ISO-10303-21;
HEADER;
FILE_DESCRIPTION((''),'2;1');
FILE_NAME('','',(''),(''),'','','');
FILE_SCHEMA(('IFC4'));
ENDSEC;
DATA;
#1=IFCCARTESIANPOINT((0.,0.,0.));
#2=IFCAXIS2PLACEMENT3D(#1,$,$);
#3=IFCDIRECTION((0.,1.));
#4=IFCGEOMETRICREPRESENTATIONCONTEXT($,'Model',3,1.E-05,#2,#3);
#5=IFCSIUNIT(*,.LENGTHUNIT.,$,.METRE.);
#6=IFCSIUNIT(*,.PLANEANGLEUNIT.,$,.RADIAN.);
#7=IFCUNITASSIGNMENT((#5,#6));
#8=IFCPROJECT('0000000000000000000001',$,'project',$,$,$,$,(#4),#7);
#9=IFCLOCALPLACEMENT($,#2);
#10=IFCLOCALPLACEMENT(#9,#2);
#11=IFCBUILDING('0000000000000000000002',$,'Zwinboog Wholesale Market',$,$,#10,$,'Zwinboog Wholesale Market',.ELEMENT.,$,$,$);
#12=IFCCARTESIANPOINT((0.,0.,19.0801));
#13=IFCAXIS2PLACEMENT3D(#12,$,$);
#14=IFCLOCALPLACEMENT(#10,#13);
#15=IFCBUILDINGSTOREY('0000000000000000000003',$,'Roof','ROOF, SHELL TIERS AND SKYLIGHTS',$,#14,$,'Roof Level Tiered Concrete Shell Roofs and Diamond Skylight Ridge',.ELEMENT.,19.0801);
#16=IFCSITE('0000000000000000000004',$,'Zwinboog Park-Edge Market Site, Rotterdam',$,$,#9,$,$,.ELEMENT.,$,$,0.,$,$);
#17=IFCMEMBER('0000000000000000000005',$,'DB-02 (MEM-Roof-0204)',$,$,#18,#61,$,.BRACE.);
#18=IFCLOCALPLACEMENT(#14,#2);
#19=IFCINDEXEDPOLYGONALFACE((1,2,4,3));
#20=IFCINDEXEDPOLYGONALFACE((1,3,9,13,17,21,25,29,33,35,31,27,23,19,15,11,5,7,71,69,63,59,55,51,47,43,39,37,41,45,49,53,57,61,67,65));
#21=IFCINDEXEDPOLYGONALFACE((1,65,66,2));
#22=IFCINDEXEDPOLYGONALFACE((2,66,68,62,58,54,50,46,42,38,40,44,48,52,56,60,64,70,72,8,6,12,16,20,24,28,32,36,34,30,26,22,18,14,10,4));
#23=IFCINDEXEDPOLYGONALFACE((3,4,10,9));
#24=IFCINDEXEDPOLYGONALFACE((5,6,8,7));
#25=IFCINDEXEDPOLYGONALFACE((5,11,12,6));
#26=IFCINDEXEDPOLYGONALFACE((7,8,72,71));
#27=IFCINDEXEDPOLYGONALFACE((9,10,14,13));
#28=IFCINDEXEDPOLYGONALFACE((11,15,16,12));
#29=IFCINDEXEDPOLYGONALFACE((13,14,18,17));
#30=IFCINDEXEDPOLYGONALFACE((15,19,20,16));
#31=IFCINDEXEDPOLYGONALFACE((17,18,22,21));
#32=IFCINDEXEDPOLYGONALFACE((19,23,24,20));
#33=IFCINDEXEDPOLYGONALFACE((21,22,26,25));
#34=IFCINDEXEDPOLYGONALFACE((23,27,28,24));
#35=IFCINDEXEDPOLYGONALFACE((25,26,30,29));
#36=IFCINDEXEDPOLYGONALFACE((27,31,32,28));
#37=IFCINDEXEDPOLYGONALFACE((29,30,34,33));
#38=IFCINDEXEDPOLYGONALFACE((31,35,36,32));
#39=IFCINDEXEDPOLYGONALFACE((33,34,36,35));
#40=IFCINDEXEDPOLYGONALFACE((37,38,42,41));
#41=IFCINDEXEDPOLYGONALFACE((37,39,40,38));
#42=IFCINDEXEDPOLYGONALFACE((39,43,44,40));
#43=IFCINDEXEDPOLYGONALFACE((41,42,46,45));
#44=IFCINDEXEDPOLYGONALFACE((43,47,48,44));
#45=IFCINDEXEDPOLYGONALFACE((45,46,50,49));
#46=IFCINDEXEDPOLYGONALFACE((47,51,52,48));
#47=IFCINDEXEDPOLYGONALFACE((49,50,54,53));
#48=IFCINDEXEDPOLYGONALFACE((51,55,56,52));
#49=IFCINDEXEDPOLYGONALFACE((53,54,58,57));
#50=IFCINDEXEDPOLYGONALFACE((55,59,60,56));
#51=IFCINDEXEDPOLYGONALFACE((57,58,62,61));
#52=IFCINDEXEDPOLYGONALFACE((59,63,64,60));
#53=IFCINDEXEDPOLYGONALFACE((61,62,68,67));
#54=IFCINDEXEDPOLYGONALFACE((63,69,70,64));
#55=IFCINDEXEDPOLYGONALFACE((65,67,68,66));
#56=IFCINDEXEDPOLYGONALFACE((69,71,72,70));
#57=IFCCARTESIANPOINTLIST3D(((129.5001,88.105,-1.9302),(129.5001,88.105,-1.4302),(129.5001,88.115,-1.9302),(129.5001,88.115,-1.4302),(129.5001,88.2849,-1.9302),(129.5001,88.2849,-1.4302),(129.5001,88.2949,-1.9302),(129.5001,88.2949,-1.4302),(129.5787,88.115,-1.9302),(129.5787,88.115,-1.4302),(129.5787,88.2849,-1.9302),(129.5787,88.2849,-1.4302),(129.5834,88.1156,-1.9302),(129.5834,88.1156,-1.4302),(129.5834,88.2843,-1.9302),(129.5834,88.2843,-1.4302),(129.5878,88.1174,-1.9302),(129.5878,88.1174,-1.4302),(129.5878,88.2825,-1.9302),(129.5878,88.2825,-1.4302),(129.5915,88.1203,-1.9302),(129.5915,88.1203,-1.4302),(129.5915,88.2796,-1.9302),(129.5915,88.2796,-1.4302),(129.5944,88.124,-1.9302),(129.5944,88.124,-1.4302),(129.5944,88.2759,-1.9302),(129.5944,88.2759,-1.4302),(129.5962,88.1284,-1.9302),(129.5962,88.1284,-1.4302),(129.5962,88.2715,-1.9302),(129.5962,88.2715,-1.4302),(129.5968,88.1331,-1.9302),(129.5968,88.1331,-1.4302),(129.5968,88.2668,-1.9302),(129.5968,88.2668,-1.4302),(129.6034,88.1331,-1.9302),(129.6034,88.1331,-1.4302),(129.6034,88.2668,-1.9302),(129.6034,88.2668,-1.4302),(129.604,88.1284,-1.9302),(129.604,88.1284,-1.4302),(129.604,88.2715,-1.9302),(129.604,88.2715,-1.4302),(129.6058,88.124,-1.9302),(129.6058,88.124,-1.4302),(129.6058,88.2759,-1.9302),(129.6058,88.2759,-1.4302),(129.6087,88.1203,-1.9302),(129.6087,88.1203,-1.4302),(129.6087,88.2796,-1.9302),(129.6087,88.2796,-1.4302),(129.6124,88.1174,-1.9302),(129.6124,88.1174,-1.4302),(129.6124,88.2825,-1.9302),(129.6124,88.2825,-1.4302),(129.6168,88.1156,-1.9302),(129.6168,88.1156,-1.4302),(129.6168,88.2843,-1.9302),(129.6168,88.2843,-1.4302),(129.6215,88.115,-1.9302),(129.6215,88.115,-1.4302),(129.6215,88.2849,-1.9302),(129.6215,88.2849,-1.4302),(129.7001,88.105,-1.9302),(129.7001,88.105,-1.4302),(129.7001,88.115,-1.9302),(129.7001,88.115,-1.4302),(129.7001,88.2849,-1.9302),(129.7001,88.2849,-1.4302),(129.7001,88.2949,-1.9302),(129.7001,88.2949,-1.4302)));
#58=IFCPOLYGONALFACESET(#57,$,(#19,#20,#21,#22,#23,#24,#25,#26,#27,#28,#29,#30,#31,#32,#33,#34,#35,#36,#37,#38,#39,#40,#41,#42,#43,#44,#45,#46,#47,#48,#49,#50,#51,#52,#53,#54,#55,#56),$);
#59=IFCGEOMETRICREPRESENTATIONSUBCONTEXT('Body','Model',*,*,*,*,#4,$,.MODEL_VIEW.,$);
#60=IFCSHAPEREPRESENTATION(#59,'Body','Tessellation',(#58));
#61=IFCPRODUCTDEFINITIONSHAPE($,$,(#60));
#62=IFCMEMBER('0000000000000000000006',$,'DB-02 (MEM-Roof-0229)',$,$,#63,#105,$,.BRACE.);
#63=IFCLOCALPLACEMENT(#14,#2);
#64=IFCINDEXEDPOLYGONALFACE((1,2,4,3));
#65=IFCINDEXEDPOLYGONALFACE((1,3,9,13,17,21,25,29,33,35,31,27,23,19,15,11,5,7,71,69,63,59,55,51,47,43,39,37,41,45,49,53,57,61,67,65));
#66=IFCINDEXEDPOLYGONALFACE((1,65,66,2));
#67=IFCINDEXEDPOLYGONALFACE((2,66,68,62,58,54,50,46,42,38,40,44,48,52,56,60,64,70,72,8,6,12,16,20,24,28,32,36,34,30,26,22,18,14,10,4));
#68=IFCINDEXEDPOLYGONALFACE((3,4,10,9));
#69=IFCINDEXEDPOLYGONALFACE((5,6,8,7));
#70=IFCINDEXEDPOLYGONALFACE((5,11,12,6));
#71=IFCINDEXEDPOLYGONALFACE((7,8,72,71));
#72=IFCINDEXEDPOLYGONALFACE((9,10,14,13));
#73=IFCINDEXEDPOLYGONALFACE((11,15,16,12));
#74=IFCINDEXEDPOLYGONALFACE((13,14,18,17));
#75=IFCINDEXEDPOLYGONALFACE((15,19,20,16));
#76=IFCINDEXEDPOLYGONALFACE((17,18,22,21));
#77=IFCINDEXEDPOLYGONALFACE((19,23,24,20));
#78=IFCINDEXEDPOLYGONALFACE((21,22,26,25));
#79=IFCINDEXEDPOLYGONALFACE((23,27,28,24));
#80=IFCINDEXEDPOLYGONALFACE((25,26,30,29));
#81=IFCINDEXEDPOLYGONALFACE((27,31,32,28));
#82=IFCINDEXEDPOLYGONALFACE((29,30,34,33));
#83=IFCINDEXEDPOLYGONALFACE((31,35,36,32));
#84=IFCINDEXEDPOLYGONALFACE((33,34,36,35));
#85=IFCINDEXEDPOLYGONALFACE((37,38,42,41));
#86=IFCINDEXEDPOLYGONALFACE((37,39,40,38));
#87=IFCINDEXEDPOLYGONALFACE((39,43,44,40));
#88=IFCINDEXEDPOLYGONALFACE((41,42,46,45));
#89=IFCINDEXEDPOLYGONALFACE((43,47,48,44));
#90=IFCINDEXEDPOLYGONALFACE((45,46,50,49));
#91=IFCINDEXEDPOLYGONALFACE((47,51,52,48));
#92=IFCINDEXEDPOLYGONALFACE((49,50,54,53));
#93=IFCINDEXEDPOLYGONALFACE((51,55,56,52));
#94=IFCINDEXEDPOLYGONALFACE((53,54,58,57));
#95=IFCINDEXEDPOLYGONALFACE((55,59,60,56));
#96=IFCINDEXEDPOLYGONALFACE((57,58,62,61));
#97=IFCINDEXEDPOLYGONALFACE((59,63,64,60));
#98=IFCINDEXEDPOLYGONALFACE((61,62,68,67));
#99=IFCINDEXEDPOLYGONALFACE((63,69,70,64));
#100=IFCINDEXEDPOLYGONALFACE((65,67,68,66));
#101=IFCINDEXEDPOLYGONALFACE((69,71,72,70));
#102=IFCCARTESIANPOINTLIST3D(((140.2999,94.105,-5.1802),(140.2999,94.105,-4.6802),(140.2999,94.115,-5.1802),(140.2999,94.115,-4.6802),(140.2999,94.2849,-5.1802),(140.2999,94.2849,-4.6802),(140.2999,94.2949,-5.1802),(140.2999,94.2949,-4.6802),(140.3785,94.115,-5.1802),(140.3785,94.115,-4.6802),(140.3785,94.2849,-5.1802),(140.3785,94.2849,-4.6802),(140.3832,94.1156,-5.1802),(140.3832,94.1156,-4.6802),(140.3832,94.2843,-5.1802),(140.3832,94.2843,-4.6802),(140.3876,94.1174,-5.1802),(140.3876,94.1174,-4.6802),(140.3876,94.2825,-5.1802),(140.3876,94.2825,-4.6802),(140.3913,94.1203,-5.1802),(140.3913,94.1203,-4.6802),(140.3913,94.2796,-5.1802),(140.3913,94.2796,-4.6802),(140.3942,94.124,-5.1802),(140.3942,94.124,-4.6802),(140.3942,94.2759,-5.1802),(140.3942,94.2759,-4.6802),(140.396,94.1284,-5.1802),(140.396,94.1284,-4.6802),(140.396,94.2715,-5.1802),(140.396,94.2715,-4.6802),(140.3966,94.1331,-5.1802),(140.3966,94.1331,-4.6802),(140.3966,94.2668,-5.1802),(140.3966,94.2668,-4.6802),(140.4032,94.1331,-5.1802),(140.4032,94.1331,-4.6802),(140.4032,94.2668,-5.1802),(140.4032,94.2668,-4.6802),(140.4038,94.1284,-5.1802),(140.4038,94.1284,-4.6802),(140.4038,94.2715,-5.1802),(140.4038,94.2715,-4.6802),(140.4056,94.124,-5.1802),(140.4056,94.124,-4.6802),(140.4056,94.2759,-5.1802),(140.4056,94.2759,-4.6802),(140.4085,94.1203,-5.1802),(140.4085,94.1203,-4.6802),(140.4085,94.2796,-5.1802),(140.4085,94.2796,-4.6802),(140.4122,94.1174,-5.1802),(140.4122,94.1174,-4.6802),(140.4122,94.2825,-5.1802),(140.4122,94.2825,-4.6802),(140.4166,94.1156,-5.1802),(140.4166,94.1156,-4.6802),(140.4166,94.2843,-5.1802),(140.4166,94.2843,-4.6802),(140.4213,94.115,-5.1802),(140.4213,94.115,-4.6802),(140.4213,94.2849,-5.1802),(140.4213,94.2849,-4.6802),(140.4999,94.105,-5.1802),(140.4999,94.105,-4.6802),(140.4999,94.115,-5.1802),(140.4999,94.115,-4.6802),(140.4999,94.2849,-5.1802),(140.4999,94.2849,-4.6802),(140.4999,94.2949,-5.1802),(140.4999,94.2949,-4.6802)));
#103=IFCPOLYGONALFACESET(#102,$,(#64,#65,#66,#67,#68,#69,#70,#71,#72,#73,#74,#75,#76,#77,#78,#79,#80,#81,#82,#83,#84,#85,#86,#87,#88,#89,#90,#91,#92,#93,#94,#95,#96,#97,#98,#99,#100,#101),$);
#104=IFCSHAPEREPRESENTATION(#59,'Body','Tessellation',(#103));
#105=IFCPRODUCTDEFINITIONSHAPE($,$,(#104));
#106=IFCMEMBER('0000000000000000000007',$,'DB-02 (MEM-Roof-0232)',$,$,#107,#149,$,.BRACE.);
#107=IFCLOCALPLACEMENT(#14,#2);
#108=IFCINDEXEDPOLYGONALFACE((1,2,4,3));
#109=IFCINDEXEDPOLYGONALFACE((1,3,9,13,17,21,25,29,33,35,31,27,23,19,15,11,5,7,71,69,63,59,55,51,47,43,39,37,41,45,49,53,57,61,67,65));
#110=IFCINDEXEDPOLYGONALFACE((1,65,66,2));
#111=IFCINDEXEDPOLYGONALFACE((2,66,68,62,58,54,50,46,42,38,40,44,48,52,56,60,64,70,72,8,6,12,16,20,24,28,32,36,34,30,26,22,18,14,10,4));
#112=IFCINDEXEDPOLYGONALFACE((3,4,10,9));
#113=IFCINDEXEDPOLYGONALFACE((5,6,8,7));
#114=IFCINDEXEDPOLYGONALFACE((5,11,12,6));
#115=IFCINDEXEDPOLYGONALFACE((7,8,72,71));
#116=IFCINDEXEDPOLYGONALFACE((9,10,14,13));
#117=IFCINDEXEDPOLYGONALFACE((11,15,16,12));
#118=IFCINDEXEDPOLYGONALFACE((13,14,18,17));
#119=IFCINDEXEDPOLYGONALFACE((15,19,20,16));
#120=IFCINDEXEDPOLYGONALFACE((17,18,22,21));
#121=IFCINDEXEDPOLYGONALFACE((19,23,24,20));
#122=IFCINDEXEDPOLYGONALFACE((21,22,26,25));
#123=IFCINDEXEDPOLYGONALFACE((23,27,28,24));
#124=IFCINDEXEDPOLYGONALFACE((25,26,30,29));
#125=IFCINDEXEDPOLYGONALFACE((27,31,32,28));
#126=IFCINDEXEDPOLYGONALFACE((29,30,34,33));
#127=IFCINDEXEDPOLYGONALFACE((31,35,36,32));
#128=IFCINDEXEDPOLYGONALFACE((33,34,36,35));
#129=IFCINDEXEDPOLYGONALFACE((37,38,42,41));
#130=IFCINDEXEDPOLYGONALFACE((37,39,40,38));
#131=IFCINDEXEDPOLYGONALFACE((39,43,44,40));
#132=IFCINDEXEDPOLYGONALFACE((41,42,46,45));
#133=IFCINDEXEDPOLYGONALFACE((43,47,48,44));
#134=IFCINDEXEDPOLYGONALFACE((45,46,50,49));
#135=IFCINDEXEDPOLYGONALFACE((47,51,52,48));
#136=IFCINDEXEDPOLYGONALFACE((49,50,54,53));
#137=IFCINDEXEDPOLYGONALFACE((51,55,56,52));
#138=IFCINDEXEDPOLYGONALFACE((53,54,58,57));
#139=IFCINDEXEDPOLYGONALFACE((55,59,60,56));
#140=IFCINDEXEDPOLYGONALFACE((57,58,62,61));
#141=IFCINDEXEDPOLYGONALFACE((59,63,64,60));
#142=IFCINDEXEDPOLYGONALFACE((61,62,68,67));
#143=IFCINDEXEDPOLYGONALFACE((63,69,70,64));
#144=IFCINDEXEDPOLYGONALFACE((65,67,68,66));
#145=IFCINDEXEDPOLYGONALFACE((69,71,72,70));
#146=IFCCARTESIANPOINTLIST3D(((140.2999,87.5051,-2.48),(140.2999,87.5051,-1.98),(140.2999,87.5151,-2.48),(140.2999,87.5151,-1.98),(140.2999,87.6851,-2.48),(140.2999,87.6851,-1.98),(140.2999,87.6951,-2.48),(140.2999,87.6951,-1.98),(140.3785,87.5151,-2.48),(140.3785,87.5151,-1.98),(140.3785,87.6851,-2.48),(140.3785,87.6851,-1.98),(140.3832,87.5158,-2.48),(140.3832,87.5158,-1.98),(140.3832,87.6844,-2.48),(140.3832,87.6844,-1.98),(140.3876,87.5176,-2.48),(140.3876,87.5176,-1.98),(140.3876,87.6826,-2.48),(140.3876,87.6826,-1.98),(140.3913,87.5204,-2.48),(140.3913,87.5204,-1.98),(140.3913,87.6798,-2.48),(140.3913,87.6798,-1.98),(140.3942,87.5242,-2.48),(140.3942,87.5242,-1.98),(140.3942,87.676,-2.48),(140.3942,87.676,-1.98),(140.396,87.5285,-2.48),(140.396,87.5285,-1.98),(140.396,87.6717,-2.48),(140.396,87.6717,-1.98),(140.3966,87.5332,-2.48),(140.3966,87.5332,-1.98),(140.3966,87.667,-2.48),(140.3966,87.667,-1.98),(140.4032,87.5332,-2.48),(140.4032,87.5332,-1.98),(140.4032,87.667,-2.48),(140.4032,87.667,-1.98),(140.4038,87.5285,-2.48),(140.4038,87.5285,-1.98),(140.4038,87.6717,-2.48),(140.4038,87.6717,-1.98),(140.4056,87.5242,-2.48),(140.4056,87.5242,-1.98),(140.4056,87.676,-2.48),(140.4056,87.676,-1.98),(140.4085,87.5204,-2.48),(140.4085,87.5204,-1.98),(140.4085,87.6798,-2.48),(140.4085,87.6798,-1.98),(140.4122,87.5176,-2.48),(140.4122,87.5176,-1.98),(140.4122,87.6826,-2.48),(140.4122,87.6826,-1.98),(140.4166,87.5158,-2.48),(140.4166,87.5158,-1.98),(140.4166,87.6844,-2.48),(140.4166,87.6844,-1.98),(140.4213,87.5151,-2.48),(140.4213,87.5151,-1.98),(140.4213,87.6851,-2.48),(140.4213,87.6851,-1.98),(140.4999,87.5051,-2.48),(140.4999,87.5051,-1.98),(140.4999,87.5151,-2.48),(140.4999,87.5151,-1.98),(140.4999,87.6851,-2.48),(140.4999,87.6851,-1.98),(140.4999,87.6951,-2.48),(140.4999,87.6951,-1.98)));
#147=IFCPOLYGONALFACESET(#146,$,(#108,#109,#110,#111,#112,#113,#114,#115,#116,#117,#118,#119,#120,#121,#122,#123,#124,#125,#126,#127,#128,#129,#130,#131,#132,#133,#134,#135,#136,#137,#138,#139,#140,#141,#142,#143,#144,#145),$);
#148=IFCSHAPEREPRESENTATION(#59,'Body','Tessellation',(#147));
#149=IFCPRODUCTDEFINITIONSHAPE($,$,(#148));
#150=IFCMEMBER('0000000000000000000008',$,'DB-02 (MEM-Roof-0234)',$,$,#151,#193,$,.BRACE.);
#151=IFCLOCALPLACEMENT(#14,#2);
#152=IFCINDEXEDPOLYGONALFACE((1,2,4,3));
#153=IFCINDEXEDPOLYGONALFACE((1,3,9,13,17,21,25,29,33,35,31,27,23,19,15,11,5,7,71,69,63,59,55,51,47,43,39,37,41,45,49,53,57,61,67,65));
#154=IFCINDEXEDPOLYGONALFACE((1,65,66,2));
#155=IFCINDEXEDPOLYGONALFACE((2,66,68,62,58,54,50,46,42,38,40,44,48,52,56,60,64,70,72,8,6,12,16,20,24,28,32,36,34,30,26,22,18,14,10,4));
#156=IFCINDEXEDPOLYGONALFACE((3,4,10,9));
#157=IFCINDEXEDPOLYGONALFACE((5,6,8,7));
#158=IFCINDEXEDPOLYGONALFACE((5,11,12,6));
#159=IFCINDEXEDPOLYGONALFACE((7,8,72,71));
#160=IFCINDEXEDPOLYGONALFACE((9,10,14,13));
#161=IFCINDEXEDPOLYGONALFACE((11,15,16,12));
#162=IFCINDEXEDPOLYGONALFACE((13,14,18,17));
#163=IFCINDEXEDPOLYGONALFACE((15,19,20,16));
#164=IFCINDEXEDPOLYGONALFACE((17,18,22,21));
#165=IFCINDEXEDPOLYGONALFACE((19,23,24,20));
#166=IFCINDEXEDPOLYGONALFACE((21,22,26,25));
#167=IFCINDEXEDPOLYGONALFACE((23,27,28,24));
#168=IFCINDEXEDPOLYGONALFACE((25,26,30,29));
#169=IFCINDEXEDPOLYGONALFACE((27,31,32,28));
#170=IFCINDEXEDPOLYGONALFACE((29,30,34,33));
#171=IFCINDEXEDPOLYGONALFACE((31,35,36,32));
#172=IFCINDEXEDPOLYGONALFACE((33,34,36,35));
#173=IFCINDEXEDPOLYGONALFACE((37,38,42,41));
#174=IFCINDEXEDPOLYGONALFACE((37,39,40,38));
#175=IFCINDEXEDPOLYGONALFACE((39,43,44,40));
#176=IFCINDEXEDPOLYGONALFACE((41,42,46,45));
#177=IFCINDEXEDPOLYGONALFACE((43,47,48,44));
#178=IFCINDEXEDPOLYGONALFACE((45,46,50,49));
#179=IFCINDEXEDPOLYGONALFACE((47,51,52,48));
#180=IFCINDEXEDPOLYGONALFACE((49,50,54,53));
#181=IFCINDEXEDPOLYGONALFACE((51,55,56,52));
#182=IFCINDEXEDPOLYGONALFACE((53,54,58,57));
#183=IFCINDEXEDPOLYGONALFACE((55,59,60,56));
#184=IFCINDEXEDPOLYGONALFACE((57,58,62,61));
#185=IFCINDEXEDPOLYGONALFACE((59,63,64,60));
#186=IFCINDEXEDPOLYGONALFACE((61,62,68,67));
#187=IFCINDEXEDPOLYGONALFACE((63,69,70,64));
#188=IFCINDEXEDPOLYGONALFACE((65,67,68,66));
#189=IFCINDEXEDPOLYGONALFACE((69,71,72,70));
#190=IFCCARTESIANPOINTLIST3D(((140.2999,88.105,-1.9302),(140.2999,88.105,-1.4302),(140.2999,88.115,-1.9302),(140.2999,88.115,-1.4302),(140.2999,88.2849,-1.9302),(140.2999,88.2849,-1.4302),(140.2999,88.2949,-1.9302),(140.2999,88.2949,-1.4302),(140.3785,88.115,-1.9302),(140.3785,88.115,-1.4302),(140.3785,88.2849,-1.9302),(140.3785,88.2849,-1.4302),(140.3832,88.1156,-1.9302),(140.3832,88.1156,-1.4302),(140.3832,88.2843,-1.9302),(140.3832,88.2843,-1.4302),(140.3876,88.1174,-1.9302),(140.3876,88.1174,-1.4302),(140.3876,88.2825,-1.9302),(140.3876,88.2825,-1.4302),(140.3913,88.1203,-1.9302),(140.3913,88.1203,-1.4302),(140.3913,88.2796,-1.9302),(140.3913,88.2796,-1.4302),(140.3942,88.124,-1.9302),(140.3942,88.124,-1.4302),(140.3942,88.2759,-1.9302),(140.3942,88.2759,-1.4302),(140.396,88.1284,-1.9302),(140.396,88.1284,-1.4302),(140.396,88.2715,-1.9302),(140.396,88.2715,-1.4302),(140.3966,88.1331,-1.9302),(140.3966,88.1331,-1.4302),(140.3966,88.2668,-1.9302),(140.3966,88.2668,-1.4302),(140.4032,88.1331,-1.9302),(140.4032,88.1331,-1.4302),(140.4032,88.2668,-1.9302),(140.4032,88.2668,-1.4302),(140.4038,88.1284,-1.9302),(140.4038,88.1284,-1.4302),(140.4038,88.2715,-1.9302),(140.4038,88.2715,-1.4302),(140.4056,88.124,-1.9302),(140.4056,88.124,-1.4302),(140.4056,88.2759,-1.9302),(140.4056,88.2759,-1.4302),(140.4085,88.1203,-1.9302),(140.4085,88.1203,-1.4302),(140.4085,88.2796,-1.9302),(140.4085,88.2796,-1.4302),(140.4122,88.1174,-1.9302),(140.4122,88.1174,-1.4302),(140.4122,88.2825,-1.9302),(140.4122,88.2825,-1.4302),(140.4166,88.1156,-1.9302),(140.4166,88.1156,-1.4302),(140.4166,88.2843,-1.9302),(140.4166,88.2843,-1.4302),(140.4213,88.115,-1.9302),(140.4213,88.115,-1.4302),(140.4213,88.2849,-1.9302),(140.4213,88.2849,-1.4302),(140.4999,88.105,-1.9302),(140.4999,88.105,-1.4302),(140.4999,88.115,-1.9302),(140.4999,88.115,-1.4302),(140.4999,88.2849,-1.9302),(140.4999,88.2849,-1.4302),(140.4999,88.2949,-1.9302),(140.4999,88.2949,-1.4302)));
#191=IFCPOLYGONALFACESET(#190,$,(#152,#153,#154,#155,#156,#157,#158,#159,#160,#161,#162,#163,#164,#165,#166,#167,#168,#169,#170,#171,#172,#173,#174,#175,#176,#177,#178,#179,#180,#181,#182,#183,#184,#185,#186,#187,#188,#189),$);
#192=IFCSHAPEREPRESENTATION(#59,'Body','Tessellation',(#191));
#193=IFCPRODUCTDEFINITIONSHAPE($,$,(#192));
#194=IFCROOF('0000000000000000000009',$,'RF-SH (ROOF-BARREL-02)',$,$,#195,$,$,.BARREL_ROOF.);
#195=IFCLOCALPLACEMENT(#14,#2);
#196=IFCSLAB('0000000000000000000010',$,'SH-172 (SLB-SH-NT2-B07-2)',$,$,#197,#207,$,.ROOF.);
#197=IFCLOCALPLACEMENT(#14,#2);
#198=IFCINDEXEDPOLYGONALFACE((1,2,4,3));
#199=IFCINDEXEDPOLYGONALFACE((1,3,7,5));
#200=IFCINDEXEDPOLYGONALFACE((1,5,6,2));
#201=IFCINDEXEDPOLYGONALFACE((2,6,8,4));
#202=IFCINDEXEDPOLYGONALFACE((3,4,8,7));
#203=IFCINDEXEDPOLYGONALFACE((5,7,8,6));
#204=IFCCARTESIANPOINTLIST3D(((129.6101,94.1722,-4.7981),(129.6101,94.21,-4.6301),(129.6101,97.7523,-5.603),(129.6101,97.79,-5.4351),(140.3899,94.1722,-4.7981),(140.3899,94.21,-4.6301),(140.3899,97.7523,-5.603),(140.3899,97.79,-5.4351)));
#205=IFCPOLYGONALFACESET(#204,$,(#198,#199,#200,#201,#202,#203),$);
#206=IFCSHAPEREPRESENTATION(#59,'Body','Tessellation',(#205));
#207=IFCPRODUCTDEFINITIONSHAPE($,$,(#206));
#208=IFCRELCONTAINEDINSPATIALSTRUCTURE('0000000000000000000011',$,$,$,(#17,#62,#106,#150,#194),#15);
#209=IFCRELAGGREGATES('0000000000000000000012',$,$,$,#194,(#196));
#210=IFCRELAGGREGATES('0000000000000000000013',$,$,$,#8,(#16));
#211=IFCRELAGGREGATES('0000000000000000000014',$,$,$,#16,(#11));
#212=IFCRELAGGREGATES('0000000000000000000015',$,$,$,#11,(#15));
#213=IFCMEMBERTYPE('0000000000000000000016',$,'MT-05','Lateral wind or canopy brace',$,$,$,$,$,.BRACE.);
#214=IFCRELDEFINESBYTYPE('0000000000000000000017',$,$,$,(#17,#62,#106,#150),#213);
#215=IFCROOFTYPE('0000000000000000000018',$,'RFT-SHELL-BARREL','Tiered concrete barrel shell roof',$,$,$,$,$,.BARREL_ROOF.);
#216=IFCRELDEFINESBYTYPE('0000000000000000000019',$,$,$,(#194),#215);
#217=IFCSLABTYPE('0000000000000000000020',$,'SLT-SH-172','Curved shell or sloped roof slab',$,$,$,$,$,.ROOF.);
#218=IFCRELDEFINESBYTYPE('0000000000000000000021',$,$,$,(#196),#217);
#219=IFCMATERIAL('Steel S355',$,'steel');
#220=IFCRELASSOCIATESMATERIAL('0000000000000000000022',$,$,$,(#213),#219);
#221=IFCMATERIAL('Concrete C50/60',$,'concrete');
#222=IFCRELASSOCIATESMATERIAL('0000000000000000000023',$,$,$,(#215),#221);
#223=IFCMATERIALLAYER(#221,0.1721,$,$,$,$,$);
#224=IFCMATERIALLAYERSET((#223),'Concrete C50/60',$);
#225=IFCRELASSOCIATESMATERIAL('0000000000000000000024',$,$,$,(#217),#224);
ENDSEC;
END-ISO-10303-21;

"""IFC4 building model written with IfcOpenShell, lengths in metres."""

from ifc_helpers import new_model, si_unit, direction, frame, origin, origin_2d, place, context, subcontext, project, spatial, polyline, i_section, outline, extrude, material, layer, layer_set, material_profile, profile_set, type_object, element, aggregate, save


model = new_model("IFC4")

# Units and contexts
model_context = context("Model", 3, precision=1e-05, world=origin(), true_north=direction((0.0, 1.0)))
body_context = subcontext(model_context, "Body", "Model", "MODEL_VIEW")
ifc_project = project(units=[si_unit("LENGTHUNIT", "METRE"), si_unit("PLANEANGLEUNIT", "RADIAN")], contexts=[model_context])

# Site, building, storey
site_placement = place(None, origin())
site = spatial("IfcSite", under=ifc_project, at=site_placement, Name="Zwinboog Park-Edge Market Site, Rotterdam", CompositionType="ELEMENT", RefElevation=0.0)
building_placement = place(site_placement, origin())
building = spatial("IfcBuilding", under=site, at=building_placement, Name="Zwinboog Wholesale Market", LongName="Zwinboog Wholesale Market", CompositionType="ELEMENT")
storey_placement = place(building_placement, frame((0.0, 0.0, 19.0801)))
storey = spatial("IfcBuildingStorey", under=building, at=storey_placement, Name="Roof", Description="ROOF, SHELL TIERS AND SKYLIGHTS", LongName="Roof Level Tiered Concrete Shell Roofs and Diamond Skylight Ridge", CompositionType="ELEMENT", Elevation=19.0801)

# Members
ifc_material_1 = material(Name="Steel S355", Category="steel")
ifc_material_profile_1 = material_profile(ifc_material_1, i_section(OverallWidth=0.2, OverallDepth=0.1899, WebThickness=0.0066, FlangeThickness=0.01, FilletRadius=0.0181, at=origin_2d()), Name="HEA 200")
ifc_profile_set_1 = profile_set([ifc_material_profile_1], Name="Steel S355")
member_type_1 = type_object("IfcMemberType", Name="MT-05", Description="Lateral wind or canopy brace", PredefinedType="BRACE", material=ifc_profile_set_1)
for number, where, z_axis, x_axis, name in (
    (1, (129.6001, 88.2, -1.9302), (0.0, 0.0, 1.0), (1.0, 0.0, 0.0), "DB-02 (MEM-Roof-0204)"),
    (2, (140.3999, 94.2, -5.1802), (0.0, 0.0, 1.0), (1.0, 0.0, 0.0), "DB-02 (MEM-Roof-0229)"),
    (3, (140.3999, 87.6001, -2.48), (0.0, 0.0, 1.0), (1.0, 0.0, 0.0), "DB-02 (MEM-Roof-0232)"),
    (4, (140.3999, 88.2, -1.9302), (0.0, 0.0, 1.0), (1.0, 0.0, 0.0), "DB-02 (MEM-Roof-0234)"),
):
    element("IfcMember", number, at=place(storey_placement, frame(where, z_axis=z_axis, x_axis=x_axis)), inside=storey, type_object=member_type_1, Name=name, PredefinedType="BRACE", context=body_context, shape_type="SweptSolid", body=[
        extrude(i_section(OverallWidth=0.2, OverallDepth=0.1899, WebThickness=0.0066, FlangeThickness=0.01, FilletRadius=0.0181, at=origin_2d()), origin(), (0.0, 0.0, 1.0), 0.5),
    ])

# Roof, slab
ifc_material_2 = material(Name="Concrete C50/60", Category="concrete")
roof_type = type_object("IfcRoofType", Name="RFT-SHELL-BARREL", Description="Tiered concrete barrel shell roof", PredefinedType="BARREL_ROOF", material=ifc_material_2)
roof_1_placement = place(storey_placement, origin())
roof_1 = element("IfcRoof", 5, at=roof_1_placement, inside=storey, type_object=roof_type, Name="RF-SH (ROOF-BARREL-02)", PredefinedType="BARREL_ROOF")
ifc_layer_1 = layer(ifc_material_2, 0.1721)
ifc_layer_set_1 = layer_set([ifc_layer_1], Name="Concrete C50/60")
slab_type_1 = type_object("IfcSlabType", Name="SLT-SH-172", Description="Curved shell or sloped roof slab", PredefinedType="ROOF", material=ifc_layer_set_1)
slab_1_placement = place(storey_placement, frame((129.6101, 94.21, -4.6301), z_axis=(0.0, 0.21936, 0.975644), x_axis=(1.0, 0.0, 0.0)))
slab_1 = element("IfcSlab", 6, at=slab_1_placement, type_object=slab_type_1, Name="SH-172 (SLB-SH-NT2-B07-2)", PredefinedType="ROOF", context=body_context, shape_type="SweptSolid", body=[
    extrude(outline(polyline([(0.0, 0.0), (10.7798, 0.0), (10.7798, 3.6695), (0.0, 3.6695), (0.0, 0.0)])), origin(), (0.0, 0.0, -1.0), 0.1721),
])

aggregate(roof_1, [slab_1])

save(model, "model.ifc")
